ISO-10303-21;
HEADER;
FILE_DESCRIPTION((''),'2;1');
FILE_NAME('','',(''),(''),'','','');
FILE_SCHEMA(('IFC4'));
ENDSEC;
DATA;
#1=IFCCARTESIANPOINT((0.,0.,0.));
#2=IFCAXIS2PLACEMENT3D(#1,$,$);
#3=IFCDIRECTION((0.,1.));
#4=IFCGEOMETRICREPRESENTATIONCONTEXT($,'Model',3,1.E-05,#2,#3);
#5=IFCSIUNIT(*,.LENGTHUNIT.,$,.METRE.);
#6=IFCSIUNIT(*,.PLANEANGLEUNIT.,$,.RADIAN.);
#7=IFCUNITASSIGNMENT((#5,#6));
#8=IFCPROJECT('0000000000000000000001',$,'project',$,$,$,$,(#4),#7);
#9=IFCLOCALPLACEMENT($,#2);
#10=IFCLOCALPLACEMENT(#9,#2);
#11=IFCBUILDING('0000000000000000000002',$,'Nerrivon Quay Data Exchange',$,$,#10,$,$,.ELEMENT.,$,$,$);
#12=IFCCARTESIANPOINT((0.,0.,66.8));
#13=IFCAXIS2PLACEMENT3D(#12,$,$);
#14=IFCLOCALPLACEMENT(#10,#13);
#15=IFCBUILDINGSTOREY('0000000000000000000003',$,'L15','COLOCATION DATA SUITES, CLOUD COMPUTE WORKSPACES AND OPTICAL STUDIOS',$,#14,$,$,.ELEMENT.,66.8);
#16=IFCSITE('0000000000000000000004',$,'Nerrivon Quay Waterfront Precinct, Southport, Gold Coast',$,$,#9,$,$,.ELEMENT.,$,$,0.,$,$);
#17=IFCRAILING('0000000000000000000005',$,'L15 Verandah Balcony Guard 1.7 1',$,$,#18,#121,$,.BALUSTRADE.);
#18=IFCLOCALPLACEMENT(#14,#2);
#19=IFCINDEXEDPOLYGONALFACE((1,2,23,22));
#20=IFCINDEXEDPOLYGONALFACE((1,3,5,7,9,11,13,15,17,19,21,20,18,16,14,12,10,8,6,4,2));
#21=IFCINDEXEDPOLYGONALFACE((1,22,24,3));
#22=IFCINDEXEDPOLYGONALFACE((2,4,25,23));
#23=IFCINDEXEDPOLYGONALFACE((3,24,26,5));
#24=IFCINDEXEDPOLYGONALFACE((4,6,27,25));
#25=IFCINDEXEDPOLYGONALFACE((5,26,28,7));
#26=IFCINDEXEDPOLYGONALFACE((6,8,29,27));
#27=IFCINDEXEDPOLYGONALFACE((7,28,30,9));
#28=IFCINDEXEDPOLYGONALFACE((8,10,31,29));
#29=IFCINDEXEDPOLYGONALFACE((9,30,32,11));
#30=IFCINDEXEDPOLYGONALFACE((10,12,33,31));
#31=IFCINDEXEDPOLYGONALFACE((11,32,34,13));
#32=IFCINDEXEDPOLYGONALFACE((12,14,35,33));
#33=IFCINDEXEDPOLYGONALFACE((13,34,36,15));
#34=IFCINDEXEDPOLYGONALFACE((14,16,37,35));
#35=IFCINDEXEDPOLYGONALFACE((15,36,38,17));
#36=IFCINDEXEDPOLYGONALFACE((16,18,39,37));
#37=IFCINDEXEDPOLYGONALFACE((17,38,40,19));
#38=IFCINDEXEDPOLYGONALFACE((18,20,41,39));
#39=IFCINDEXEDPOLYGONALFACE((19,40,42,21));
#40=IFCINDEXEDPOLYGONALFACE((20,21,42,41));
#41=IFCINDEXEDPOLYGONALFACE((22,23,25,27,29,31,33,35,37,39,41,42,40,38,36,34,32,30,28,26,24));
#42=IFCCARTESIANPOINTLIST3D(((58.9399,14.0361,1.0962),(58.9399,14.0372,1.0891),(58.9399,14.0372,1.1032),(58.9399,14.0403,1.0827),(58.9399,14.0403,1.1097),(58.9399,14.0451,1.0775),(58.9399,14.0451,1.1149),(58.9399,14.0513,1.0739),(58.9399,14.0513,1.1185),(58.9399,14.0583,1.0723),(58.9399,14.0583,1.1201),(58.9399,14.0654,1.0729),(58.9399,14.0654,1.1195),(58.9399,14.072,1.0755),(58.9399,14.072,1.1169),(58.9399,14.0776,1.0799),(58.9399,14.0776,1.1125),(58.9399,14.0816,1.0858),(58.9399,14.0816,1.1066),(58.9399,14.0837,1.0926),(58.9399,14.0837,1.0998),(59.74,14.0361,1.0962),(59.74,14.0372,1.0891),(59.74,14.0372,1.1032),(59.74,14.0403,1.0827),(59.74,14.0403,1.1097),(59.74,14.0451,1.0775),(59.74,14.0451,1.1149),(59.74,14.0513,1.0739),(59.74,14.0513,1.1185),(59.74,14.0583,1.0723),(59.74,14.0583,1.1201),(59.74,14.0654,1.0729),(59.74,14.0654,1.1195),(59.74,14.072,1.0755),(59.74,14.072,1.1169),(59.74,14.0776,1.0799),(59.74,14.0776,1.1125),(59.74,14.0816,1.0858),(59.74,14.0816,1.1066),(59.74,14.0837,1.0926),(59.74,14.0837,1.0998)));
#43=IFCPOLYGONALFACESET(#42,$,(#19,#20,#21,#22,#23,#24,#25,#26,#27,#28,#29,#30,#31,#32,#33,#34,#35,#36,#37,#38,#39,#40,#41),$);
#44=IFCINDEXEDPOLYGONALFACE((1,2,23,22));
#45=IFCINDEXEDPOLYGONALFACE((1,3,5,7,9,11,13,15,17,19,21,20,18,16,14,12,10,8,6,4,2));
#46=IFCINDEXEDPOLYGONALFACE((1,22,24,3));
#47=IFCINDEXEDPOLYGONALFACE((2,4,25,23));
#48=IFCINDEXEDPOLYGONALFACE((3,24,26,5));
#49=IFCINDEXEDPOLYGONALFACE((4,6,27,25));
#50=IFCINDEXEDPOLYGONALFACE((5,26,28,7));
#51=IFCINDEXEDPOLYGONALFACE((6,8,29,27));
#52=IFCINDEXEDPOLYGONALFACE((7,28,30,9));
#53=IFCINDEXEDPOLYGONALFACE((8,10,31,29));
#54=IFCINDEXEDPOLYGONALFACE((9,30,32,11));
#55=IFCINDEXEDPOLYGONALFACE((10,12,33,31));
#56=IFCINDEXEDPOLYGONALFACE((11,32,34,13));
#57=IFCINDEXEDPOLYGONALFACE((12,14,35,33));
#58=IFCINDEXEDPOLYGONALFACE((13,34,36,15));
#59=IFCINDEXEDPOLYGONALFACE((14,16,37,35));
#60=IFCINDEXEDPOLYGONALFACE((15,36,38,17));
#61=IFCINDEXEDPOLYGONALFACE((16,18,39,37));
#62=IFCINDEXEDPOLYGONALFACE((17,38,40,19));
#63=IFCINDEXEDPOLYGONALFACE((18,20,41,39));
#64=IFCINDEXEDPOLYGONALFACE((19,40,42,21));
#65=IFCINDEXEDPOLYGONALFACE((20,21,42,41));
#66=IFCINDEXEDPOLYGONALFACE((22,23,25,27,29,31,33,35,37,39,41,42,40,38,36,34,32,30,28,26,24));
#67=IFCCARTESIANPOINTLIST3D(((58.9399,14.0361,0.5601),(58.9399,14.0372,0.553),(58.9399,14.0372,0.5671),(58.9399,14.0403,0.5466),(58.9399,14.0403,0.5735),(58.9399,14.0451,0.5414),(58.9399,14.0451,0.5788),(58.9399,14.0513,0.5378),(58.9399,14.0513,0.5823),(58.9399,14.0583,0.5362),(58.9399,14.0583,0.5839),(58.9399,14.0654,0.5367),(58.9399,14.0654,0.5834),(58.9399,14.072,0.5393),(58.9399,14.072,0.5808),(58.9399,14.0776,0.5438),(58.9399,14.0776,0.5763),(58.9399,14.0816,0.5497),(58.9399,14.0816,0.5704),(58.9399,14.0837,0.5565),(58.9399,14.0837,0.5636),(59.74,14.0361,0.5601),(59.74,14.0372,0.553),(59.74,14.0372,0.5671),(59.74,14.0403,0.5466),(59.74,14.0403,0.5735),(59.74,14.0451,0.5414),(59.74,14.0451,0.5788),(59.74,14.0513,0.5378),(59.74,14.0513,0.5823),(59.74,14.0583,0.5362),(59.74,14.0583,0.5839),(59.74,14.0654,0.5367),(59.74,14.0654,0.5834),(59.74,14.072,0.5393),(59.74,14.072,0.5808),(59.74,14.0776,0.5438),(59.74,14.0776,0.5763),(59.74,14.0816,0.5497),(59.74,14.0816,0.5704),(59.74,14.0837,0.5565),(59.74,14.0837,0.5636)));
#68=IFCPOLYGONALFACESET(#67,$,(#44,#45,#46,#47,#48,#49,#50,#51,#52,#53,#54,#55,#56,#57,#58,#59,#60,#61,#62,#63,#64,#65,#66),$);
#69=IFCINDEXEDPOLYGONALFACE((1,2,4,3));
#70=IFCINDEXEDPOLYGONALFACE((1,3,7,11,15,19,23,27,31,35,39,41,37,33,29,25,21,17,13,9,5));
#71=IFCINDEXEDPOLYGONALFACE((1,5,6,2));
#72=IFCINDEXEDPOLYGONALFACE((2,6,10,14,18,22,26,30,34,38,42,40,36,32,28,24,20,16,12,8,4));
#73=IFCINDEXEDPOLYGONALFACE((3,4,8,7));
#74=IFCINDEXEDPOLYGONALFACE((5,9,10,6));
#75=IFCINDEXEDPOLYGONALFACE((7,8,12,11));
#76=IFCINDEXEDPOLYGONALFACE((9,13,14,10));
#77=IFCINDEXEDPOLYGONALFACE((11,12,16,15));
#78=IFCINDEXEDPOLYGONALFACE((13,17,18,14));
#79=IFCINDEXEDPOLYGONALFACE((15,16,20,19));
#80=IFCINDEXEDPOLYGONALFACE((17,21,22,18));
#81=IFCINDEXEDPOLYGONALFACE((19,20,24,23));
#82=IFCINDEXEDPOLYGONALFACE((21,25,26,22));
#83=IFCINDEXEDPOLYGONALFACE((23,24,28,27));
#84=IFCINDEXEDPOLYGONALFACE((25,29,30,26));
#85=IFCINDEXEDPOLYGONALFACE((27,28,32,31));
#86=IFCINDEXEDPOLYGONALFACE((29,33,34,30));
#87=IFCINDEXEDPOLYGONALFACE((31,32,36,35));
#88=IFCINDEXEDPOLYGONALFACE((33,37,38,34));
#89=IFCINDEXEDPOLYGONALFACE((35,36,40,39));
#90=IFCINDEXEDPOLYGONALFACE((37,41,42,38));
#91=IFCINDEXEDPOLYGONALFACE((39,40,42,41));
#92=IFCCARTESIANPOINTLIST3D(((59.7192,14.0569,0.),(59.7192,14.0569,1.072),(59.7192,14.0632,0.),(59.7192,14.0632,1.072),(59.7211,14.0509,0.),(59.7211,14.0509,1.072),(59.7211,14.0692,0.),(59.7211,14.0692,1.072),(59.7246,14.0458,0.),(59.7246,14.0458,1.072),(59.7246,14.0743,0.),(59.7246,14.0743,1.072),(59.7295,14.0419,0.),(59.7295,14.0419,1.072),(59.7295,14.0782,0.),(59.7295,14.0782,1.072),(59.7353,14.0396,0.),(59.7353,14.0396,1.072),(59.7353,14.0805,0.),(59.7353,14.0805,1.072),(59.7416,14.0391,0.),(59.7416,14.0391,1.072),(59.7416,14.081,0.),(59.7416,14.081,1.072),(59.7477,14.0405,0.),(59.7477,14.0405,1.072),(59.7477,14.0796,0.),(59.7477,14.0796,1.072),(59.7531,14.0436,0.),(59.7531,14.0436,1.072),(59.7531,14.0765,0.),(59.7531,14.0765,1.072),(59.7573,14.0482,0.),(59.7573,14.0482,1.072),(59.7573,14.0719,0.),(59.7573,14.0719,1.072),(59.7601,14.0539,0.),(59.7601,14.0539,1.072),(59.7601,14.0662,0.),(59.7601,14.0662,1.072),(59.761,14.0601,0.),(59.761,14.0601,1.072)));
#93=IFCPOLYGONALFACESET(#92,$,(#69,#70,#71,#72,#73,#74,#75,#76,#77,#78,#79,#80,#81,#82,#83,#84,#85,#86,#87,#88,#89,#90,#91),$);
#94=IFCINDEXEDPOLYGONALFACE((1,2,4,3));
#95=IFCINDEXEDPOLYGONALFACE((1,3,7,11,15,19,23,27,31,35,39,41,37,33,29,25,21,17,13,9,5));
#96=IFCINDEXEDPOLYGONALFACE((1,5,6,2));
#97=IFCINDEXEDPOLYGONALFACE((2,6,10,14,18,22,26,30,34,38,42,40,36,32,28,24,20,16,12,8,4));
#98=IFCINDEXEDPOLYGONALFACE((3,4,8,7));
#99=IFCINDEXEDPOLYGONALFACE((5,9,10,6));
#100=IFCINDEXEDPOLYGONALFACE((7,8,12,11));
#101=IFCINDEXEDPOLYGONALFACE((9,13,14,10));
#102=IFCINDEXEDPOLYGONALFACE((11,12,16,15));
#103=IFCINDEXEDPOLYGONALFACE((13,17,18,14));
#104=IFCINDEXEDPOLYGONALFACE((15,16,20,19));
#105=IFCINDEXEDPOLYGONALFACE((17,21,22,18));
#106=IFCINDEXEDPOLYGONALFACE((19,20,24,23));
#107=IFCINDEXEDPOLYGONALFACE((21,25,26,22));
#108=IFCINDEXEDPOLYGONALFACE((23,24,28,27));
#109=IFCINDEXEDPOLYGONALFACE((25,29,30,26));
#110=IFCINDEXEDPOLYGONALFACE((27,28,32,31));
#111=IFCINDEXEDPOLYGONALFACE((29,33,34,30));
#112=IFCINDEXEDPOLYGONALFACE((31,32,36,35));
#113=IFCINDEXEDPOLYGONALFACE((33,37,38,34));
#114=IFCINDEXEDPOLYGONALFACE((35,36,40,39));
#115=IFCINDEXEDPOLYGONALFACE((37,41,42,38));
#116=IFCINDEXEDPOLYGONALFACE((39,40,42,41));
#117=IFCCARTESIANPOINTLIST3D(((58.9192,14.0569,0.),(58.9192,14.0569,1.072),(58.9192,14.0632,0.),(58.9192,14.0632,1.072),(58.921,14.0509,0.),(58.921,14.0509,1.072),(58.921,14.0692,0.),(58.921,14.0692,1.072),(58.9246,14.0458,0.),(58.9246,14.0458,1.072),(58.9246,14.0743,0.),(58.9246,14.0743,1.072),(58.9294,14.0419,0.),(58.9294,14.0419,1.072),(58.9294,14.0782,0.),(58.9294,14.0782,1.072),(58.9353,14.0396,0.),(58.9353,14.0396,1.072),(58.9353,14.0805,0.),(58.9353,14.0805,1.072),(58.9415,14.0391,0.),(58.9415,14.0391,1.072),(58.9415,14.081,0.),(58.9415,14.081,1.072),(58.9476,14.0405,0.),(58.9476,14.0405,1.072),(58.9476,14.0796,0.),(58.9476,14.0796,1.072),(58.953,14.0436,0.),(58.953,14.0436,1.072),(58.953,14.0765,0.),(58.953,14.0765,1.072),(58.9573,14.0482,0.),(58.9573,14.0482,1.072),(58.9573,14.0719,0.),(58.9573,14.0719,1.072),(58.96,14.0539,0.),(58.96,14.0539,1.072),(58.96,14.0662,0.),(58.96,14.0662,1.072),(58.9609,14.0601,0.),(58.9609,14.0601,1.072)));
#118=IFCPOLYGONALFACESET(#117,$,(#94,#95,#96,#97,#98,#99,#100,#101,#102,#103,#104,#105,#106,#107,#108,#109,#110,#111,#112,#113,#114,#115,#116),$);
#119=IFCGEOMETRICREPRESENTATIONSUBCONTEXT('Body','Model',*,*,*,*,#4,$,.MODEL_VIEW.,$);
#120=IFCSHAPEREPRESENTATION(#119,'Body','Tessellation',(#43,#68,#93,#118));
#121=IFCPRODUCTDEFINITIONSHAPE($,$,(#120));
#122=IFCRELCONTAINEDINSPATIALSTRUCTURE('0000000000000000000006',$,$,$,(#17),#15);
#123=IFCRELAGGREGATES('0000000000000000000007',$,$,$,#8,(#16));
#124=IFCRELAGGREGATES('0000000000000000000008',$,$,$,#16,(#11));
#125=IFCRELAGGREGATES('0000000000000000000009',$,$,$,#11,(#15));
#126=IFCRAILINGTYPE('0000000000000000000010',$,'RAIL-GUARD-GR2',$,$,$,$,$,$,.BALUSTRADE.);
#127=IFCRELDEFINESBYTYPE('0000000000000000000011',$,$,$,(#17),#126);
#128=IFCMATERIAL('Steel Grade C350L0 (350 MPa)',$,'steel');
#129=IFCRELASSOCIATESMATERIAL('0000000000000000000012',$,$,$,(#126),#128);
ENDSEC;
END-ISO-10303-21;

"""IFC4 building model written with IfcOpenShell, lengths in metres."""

from ifc_helpers import new_model, si_unit, direction, frame, origin, origin_2d, place, context, subcontext, project, spatial, circle, extrude, material, type_object, element, save


model = new_model("IFC4")

# Units and contexts
model_context = context("Model", 3, precision=1e-05, world=origin(), true_north=direction((0.0, 1.0)))
body_context = subcontext(model_context, "Body", "Model", "MODEL_VIEW")
ifc_project = project(units=[si_unit("LENGTHUNIT", "METRE"), si_unit("PLANEANGLEUNIT", "RADIAN")], contexts=[model_context])

# Site, building, storey
site_placement = place(None, origin())
site = spatial("IfcSite", under=ifc_project, at=site_placement, Name="Nerrivon Quay Waterfront Precinct, Southport, Gold Coast", CompositionType="ELEMENT", RefElevation=0.0)
building_placement = place(site_placement, origin())
building = spatial("IfcBuilding", under=site, at=building_placement, Name="Nerrivon Quay Data Exchange", CompositionType="ELEMENT")
storey_placement = place(building_placement, frame((0.0, 0.0, 66.8)))
storey = spatial("IfcBuildingStorey", under=building, at=storey_placement, Name="L15", Description="COLOCATION DATA SUITES, CLOUD COMPUTE WORKSPACES AND OPTICAL STUDIOS", CompositionType="ELEMENT", Elevation=66.8)

# Railing
ifc_material_1 = material(Name="Steel Grade C350L0 (350 MPa)", Category="steel")
railing_type = type_object("IfcRailingType", Name="RAIL-GUARD-GR2", PredefinedType="BALUSTRADE", material=ifc_material_1)
railing_1_placement = place(storey_placement, frame((59.74, 14.0601, 0.0)))
element("IfcRailing", 1, at=railing_1_placement, inside=storey, type_object=railing_type, Name="L15 Verandah Balcony Guard 1.7 1", PredefinedType="BALUSTRADE", context=body_context, shape_type="SweptSolid", body=[
    extrude(circle(Radius=0.0239, at=origin_2d()), frame((0.0, 0.0, 1.0962), z_axis=(-1.0, 0.0, 0.0), x_axis=(0.0, -1.0, 0.0)), (0.0, 0.0, 1.0), 0.8),
    extrude(circle(Radius=0.0239, at=origin_2d()), frame((0.0, 0.0, 0.5601), z_axis=(-1.0, 0.0, 0.0), x_axis=(0.0, -1.0, 0.0)), (0.0, 0.0, 1.0), 0.8),
    extrude(circle(Radius=0.021, at=origin_2d()), origin(), (0.0, 0.0, 1.0), 1.072),
    extrude(circle(Radius=0.021, at=origin_2d()), frame((-0.8, 0.0, 0.0)), (0.0, 0.0, 1.0), 1.072),
])

save(model, "model.ifc")
